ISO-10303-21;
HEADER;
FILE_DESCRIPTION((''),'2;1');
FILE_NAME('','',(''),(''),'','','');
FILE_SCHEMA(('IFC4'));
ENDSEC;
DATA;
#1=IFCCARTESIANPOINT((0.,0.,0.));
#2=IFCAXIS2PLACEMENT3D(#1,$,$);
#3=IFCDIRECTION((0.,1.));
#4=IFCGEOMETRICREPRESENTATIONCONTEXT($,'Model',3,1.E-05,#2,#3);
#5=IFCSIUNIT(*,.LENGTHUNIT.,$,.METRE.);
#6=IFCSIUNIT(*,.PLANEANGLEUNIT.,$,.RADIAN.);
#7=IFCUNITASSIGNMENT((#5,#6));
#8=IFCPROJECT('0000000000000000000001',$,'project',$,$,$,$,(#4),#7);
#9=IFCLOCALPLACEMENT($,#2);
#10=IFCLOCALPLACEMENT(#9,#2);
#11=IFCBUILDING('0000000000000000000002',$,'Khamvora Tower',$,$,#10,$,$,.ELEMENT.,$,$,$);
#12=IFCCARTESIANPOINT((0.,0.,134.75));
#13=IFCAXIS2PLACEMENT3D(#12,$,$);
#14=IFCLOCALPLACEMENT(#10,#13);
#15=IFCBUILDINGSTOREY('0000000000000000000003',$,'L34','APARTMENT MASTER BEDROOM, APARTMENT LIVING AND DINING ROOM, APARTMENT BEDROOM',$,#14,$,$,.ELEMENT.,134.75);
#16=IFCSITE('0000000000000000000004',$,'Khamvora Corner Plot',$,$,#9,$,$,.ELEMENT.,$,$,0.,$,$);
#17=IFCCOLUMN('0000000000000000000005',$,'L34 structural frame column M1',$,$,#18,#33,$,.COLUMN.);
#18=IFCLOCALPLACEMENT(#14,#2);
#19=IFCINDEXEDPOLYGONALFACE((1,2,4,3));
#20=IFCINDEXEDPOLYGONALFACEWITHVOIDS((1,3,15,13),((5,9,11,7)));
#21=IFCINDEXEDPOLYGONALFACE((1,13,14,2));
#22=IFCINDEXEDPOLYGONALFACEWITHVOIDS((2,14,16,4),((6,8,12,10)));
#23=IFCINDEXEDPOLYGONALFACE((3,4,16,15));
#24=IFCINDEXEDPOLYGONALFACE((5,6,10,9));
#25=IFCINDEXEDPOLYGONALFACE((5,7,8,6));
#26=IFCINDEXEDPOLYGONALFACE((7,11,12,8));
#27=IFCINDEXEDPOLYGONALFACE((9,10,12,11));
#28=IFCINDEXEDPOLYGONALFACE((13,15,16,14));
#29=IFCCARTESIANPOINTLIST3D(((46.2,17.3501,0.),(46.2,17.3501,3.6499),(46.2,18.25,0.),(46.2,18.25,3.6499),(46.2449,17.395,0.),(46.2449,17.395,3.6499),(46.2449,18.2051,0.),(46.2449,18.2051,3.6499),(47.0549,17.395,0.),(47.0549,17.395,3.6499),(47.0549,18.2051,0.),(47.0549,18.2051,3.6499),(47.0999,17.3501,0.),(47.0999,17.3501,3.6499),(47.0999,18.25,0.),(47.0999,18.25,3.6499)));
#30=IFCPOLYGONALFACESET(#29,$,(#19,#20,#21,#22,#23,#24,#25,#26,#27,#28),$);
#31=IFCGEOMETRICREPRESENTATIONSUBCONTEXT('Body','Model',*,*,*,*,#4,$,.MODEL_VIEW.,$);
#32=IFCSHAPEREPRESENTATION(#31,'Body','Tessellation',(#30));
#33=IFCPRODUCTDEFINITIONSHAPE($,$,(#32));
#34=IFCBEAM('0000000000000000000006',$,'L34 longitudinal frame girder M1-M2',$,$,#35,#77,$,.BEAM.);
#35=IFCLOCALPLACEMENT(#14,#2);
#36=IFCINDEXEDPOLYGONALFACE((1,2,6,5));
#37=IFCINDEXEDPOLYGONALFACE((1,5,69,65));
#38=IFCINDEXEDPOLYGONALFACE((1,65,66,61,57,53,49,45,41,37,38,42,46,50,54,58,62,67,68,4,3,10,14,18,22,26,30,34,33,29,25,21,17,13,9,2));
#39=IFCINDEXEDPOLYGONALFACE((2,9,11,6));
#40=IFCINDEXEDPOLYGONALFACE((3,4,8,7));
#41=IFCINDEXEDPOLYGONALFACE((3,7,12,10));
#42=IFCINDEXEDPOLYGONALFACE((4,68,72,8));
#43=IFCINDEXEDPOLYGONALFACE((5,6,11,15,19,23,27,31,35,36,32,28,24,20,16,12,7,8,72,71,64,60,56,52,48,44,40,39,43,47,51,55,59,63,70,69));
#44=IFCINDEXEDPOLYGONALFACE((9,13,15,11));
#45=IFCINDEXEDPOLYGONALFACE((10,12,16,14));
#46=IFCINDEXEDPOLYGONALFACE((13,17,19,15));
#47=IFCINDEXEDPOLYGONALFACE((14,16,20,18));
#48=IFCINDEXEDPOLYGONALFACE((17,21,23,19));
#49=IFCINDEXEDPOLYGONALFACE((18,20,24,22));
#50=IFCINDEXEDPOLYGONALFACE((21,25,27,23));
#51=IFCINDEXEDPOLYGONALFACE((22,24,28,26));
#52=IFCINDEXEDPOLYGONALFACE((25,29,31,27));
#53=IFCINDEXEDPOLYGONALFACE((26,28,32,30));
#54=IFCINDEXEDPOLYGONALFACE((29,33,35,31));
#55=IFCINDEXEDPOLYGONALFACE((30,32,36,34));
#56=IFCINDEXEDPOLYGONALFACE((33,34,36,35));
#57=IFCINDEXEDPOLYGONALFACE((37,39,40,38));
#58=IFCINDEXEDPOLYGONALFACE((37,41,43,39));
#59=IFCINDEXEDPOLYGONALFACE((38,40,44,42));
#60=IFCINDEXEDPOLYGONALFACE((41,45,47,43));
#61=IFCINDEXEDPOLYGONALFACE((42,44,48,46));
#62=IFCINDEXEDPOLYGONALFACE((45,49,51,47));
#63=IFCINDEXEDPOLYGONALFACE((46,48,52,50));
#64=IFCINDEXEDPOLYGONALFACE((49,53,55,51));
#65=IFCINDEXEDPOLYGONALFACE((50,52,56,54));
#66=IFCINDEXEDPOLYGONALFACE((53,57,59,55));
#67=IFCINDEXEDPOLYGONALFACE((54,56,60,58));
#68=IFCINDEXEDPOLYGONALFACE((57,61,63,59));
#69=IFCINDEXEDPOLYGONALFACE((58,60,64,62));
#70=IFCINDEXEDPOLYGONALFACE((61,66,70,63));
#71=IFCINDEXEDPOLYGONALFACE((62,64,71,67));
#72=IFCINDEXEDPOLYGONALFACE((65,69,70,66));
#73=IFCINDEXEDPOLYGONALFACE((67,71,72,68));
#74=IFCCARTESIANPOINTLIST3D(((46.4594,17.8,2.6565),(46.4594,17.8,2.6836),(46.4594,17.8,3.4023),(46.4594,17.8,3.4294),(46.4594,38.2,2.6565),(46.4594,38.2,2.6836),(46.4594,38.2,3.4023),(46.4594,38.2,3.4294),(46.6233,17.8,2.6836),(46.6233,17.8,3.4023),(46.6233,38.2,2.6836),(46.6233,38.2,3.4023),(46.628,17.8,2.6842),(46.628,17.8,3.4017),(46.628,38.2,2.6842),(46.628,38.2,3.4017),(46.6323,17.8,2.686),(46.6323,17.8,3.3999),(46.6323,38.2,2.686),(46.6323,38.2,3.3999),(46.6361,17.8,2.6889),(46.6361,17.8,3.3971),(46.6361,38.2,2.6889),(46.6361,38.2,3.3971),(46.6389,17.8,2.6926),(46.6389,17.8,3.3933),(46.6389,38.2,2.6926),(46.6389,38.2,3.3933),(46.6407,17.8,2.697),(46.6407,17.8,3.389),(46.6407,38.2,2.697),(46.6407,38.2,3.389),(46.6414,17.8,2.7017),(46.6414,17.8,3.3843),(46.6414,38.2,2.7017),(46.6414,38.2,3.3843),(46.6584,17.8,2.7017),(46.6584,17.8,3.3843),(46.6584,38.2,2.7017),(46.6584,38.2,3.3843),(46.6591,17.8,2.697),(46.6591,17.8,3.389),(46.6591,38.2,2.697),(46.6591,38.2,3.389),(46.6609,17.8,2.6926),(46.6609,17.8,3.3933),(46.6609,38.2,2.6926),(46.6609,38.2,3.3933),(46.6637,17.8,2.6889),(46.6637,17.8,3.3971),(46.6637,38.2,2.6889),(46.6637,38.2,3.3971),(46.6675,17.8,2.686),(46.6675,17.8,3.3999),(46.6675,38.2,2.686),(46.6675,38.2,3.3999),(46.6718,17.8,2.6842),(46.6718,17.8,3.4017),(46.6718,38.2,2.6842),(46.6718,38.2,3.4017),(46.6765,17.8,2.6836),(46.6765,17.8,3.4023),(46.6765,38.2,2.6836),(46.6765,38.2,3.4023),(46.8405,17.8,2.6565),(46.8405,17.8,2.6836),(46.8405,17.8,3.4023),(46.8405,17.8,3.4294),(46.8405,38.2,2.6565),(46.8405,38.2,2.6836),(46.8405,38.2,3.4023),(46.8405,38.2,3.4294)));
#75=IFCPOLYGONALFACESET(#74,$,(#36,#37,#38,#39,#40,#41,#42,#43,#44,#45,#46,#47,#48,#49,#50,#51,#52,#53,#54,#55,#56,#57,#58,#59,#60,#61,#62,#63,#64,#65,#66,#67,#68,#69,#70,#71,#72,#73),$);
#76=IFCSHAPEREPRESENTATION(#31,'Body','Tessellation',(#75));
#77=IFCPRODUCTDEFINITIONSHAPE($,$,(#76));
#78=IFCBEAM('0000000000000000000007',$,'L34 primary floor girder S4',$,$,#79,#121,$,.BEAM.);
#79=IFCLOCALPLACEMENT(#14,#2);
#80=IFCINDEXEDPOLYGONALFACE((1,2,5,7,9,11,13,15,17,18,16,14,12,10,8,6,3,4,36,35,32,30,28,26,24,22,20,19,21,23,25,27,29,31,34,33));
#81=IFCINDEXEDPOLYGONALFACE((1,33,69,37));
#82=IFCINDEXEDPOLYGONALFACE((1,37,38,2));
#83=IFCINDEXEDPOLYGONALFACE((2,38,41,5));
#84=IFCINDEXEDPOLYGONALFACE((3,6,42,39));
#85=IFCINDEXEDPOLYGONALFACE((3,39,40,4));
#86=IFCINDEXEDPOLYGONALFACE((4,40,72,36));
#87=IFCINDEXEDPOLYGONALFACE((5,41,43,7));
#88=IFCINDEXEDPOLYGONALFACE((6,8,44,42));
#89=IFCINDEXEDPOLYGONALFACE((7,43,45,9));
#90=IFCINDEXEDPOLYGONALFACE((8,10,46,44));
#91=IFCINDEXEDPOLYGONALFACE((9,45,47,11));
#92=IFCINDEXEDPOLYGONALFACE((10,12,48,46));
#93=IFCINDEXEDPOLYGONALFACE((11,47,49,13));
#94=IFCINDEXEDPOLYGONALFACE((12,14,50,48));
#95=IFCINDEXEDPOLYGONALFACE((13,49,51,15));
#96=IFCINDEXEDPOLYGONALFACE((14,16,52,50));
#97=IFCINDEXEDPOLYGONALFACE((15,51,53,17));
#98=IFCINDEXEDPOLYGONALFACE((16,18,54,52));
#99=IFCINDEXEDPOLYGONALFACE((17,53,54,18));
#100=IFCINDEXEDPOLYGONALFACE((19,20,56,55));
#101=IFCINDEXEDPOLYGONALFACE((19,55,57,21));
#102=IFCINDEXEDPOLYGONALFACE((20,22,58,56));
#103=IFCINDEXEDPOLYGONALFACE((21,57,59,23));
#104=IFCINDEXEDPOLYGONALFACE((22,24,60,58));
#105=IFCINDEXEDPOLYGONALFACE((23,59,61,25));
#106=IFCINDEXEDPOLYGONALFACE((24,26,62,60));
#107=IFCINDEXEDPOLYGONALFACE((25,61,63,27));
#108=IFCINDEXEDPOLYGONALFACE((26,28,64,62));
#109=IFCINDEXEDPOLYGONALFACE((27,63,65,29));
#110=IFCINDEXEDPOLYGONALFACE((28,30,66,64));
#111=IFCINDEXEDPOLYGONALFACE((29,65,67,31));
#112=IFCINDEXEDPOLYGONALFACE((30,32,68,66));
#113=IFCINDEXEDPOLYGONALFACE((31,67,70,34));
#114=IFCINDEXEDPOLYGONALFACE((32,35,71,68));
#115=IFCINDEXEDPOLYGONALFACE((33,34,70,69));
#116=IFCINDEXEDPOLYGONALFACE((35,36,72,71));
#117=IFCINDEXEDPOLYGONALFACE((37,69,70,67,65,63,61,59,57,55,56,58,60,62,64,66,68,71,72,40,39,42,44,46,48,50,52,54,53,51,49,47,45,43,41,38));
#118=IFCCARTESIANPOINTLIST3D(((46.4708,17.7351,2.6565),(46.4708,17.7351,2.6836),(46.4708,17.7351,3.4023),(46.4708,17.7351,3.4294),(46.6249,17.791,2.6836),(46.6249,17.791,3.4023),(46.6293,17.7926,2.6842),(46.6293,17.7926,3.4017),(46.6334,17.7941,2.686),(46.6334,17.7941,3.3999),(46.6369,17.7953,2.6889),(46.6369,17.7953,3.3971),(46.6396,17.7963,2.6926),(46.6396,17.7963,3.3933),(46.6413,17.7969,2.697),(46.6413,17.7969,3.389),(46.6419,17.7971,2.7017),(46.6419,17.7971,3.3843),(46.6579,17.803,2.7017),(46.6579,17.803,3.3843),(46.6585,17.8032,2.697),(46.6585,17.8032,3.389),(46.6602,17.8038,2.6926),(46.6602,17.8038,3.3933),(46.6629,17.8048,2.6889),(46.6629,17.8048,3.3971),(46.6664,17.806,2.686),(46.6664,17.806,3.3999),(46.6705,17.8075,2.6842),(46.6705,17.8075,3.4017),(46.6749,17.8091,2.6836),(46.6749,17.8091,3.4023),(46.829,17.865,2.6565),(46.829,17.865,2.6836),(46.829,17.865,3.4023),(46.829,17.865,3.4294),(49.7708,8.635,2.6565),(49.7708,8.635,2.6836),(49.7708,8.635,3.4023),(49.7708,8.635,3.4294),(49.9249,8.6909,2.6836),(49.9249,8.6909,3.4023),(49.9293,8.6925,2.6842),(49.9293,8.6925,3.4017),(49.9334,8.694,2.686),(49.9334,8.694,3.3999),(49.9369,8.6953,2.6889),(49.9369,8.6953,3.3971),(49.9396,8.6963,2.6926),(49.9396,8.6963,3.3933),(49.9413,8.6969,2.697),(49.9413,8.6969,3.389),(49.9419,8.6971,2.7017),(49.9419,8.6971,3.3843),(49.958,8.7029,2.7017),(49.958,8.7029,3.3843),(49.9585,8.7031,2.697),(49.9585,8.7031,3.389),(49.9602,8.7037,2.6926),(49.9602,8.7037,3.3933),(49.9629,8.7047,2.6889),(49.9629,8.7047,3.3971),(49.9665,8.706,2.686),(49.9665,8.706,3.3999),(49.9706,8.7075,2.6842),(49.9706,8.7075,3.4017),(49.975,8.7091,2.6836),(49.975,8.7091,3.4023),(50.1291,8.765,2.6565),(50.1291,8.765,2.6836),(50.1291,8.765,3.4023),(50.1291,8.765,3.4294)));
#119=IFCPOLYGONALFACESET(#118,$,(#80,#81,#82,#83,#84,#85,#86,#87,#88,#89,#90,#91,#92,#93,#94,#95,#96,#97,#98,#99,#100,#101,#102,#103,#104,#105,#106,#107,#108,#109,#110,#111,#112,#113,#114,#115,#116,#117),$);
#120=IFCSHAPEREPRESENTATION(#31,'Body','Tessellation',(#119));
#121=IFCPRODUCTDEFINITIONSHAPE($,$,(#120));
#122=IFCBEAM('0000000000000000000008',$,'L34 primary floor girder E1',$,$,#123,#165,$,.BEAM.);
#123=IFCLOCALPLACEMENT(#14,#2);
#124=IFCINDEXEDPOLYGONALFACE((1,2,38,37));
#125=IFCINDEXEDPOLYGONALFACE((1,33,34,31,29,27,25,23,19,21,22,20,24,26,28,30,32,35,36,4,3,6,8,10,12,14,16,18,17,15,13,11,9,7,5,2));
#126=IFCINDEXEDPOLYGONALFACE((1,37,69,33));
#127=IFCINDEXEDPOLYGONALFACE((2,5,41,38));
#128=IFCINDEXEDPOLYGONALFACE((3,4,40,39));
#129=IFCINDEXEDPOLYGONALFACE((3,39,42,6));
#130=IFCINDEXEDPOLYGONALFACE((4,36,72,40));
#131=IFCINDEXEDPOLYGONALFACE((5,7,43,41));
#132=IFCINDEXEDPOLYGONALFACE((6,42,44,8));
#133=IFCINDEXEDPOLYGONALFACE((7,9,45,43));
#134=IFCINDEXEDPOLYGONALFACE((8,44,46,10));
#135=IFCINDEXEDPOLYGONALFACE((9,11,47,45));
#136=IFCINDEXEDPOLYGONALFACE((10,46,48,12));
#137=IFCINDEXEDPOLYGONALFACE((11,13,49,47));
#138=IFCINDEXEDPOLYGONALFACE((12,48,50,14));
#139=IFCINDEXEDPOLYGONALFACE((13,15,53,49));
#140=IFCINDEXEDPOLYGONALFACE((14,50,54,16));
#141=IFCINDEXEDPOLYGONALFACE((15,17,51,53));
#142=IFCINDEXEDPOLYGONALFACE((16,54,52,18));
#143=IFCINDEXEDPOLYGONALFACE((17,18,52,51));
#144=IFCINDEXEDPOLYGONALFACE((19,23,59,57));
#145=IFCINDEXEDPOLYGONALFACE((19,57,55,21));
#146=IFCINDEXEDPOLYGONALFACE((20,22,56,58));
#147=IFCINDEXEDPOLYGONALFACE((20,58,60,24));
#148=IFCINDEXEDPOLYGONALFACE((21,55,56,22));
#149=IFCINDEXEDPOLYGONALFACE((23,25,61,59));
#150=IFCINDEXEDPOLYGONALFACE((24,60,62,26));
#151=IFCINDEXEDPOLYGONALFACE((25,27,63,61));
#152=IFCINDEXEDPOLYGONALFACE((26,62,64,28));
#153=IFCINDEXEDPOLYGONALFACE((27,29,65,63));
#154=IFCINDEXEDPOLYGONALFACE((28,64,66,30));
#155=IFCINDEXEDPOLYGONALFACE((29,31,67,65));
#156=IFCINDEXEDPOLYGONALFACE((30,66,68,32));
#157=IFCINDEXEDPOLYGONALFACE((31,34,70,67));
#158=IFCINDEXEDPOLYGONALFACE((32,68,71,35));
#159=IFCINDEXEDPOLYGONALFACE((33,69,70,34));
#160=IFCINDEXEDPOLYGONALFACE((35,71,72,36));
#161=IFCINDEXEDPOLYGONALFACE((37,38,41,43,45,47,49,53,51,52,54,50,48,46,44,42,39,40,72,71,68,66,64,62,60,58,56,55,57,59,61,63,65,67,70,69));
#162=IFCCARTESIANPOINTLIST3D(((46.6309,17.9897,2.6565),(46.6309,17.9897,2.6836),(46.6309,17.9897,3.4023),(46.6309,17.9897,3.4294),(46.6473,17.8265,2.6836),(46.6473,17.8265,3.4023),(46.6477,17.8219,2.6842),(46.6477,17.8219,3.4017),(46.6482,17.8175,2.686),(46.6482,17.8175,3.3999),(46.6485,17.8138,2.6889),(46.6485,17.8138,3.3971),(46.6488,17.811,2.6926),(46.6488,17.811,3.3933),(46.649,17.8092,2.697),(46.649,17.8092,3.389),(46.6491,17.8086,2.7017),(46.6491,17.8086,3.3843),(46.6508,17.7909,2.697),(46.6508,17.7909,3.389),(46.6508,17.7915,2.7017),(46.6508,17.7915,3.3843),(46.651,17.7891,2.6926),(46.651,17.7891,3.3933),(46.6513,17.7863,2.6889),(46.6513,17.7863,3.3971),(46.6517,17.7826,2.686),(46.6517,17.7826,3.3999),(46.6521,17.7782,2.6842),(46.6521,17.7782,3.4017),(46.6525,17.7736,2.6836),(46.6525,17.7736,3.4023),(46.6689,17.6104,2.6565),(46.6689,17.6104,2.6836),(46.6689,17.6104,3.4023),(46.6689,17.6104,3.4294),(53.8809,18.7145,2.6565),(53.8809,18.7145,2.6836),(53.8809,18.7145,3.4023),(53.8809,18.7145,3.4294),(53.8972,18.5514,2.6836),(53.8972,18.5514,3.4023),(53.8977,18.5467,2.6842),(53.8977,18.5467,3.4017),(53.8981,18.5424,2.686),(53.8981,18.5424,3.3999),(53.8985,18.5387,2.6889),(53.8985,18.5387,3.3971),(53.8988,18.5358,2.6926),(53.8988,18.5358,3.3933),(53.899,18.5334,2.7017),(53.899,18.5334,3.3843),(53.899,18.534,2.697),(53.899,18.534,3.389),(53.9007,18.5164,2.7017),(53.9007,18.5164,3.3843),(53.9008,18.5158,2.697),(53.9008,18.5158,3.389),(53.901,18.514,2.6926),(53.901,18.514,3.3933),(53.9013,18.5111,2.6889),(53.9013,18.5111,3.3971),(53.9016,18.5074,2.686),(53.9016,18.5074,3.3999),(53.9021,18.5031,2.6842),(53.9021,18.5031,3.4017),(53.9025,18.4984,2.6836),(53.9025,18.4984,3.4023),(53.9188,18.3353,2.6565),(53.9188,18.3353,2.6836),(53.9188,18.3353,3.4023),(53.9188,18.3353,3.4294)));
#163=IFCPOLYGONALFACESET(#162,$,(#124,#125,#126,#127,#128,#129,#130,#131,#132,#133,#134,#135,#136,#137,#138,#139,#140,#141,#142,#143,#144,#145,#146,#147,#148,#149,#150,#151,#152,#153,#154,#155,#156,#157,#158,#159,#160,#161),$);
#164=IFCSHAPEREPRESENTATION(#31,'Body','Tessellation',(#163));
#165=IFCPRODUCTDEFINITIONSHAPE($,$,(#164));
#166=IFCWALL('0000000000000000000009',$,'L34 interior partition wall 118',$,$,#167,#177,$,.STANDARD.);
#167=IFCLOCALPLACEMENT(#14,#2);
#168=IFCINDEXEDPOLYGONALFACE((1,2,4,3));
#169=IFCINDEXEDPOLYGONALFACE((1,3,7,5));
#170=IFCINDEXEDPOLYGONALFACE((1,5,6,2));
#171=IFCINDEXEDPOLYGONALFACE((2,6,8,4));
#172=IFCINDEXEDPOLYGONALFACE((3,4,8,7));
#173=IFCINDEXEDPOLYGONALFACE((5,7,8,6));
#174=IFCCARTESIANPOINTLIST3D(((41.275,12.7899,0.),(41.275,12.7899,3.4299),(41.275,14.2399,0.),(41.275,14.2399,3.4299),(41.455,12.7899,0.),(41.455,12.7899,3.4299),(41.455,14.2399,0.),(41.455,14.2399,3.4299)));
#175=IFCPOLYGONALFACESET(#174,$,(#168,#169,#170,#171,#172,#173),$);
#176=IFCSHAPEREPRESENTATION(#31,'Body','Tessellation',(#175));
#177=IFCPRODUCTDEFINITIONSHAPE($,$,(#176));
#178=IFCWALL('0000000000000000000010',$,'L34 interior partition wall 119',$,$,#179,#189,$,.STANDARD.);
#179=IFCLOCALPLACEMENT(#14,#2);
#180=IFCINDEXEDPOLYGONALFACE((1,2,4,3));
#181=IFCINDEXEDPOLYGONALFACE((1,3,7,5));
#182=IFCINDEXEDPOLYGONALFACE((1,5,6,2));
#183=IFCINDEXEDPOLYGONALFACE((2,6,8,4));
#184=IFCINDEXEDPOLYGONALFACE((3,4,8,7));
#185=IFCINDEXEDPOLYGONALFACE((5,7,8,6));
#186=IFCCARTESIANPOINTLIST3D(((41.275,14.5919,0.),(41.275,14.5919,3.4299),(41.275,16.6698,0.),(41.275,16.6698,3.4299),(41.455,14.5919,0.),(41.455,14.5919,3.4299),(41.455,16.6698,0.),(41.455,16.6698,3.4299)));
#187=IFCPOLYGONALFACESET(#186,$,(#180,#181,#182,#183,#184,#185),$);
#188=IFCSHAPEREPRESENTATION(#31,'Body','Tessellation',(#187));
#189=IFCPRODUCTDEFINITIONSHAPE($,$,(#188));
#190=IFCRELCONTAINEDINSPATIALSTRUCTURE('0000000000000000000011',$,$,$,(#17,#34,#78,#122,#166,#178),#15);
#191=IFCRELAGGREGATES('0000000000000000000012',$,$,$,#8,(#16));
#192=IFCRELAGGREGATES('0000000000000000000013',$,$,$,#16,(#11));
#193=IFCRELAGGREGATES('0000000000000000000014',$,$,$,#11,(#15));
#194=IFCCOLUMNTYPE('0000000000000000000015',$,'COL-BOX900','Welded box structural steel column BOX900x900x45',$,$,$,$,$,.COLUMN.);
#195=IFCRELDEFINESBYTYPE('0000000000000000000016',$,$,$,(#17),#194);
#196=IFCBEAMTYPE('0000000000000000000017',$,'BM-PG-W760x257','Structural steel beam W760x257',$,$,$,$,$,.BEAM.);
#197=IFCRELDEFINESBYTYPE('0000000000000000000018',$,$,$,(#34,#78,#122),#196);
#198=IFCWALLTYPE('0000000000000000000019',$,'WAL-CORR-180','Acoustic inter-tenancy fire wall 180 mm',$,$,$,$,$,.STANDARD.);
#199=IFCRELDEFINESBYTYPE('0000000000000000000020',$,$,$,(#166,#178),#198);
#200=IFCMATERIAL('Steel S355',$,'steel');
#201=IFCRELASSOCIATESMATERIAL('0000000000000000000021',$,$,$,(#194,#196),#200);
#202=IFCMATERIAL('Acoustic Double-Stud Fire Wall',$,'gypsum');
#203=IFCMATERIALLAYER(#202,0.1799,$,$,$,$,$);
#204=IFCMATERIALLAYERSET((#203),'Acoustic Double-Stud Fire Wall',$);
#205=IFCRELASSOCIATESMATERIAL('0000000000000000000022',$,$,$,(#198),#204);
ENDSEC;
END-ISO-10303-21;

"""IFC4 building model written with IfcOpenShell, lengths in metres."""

from ifc_helpers import new_model, si_unit, direction, frame, frame_2d, origin, origin_2d, place, context, subcontext, project, spatial, rectangle, hollow_rectangle, i_section, extrude, material, layer, layer_set, material_profile, profile_set, type_object, element, save


model = new_model("IFC4")

# Units and contexts
model_context = context("Model", 3, precision=1e-05, world=origin(), true_north=direction((0.0, 1.0)))
body_context = subcontext(model_context, "Body", "Model", "MODEL_VIEW")
ifc_project = project(units=[si_unit("LENGTHUNIT", "METRE"), si_unit("PLANEANGLEUNIT", "RADIAN")], contexts=[model_context])

# Site, building, storey
site_placement = place(None, origin())
site = spatial("IfcSite", under=ifc_project, at=site_placement, Name="Khamvora Corner Plot", CompositionType="ELEMENT", RefElevation=0.0)
building_placement = place(site_placement, origin())
building = spatial("IfcBuilding", under=site, at=building_placement, Name="Khamvora Tower", CompositionType="ELEMENT")
storey_placement = place(building_placement, frame((0.0, 0.0, 134.75)))
storey = spatial("IfcBuildingStorey", under=building, at=storey_placement, Name="L34", Description="APARTMENT MASTER BEDROOM, APARTMENT LIVING AND DINING ROOM, APARTMENT BEDROOM", CompositionType="ELEMENT", Elevation=134.75)

# Column
ifc_material_1 = material(Name="Steel S355", Category="steel")
ifc_material_profile_1 = material_profile(ifc_material_1, hollow_rectangle(XDim=0.8999, YDim=0.8999, WallThickness=0.0449, at=origin_2d()), Name="BOX900x900x45")
ifc_profile_set_1 = profile_set([ifc_material_profile_1], Name="Steel S355")
column_type = type_object("IfcColumnType", Name="COL-BOX900", Description="Welded box structural steel column BOX900x900x45", PredefinedType="COLUMN", material=ifc_profile_set_1)
column_placement = place(storey_placement, frame((46.6499, 17.8, 0.0), z_axis=(0.0, 0.0, 1.0), x_axis=(1.0, 0.0, 0.0)))
element("IfcColumn", 1, at=column_placement, inside=storey, type_object=column_type, Name="L34 structural frame column M1", PredefinedType="COLUMN", context=body_context, shape_type="SweptSolid", body=[
    extrude(hollow_rectangle(XDim=0.8999, YDim=0.8999, WallThickness=0.0449, at=origin_2d()), origin(), (0.0, 0.0, 1.0), 3.6499),
])

# Beams
ifc_material_profile_2 = material_profile(ifc_material_1, i_section(OverallWidth=0.3811, OverallDepth=0.7729, WebThickness=0.0171, FlangeThickness=0.0271, FilletRadius=0.0181, at=origin_2d()), Name="W760x257")
ifc_profile_set_2 = profile_set([ifc_material_profile_2], Name="Steel S355")
beam_type = type_object("IfcBeamType", Name="BM-PG-W760x257", Description="Structural steel beam W760x257", PredefinedType="BEAM", material=ifc_profile_set_2)
beam_1_placement = place(storey_placement, frame((46.6499, 17.8, 3.043), z_axis=(0.0, 1.0, 0.0), x_axis=(-1.0, 0.0, 0.0)))
element("IfcBeam", 2, at=beam_1_placement, inside=storey, type_object=beam_type, Name="L34 longitudinal frame girder M1-M2", PredefinedType="BEAM", context=body_context, shape_type="SweptSolid", body=[
    extrude(i_section(OverallWidth=0.3811, OverallDepth=0.7729, WebThickness=0.0171, FlangeThickness=0.0271, FilletRadius=0.0181, at=origin_2d()), origin(), (0.0, 0.0, 1.0), 20.3999),
])
beam_2_placement = place(storey_placement, frame((46.6499, 17.8, 3.043), z_axis=(0.340915, -0.940094, 0.0), x_axis=(0.940094, 0.340915, 0.0)))
element("IfcBeam", 3, at=beam_2_placement, inside=storey, type_object=beam_type, Name="L34 primary floor girder S4", PredefinedType="BEAM", context=body_context, shape_type="SweptSolid", body=[
    extrude(i_section(OverallWidth=0.3811, OverallDepth=0.7729, WebThickness=0.0171, FlangeThickness=0.0271, FilletRadius=0.0181, at=origin_2d()), origin(), (0.0, 0.0, 1.0), 9.6799),
])
beam_3_placement = place(storey_placement, frame((46.6499, 17.8, 3.043), z_axis=(0.995039, 0.099484, 0.0), x_axis=(-0.099484, 0.995039, 0.0)))
element("IfcBeam", 4, at=beam_3_placement, inside=storey, type_object=beam_type, Name="L34 primary floor girder E1", PredefinedType="BEAM", context=body_context, shape_type="SweptSolid", body=[
    extrude(i_section(OverallWidth=0.3811, OverallDepth=0.7729, WebThickness=0.0171, FlangeThickness=0.0271, FilletRadius=0.0181, at=origin_2d()), origin(), (0.0, 0.0, 1.0), 7.2861),
])

# Walls
ifc_material_2 = material(Name="Acoustic Double-Stud Fire Wall", Category="gypsum")
ifc_layer_1 = layer(ifc_material_2, 0.1799)
ifc_layer_set_1 = layer_set([ifc_layer_1], Name="Acoustic Double-Stud Fire Wall")
wall_type_1 = type_object("IfcWallType", Name="WAL-CORR-180", Description="Acoustic inter-tenancy fire wall 180 mm", PredefinedType="STANDARD", material=ifc_layer_set_1)
wall_1_placement = place(storey_placement, frame((41.365, 14.24, 0.0), z_axis=(0.0, 0.0, 1.0), x_axis=(0.0, -1.0, 0.0)))
element("IfcWall", 5, at=wall_1_placement, inside=storey, type_object=wall_type_1, Name="L34 interior partition wall 118", PredefinedType="STANDARD", context=body_context, shape_type="SweptSolid", body=[
    extrude(rectangle(XDim=1.45, YDim=0.1799, at=frame_2d((0.7251, 0.0))), origin(), (0.0, 0.0, 1.0), 3.4299),
])
wall_2_placement = place(storey_placement, frame((41.365, 16.6699, 0.0), z_axis=(0.0, 0.0, 1.0), x_axis=(0.0, -1.0, 0.0)))
element("IfcWall", 6, at=wall_2_placement, inside=storey, type_object=wall_type_1, Name="L34 interior partition wall 119", PredefinedType="STANDARD", context=body_context, shape_type="SweptSolid", body=[
    extrude(rectangle(XDim=2.0779, YDim=0.1799, at=frame_2d((1.0391, 0.0))), origin(), (0.0, 0.0, 1.0), 3.4299),
])

save(model, "model.ifc")
